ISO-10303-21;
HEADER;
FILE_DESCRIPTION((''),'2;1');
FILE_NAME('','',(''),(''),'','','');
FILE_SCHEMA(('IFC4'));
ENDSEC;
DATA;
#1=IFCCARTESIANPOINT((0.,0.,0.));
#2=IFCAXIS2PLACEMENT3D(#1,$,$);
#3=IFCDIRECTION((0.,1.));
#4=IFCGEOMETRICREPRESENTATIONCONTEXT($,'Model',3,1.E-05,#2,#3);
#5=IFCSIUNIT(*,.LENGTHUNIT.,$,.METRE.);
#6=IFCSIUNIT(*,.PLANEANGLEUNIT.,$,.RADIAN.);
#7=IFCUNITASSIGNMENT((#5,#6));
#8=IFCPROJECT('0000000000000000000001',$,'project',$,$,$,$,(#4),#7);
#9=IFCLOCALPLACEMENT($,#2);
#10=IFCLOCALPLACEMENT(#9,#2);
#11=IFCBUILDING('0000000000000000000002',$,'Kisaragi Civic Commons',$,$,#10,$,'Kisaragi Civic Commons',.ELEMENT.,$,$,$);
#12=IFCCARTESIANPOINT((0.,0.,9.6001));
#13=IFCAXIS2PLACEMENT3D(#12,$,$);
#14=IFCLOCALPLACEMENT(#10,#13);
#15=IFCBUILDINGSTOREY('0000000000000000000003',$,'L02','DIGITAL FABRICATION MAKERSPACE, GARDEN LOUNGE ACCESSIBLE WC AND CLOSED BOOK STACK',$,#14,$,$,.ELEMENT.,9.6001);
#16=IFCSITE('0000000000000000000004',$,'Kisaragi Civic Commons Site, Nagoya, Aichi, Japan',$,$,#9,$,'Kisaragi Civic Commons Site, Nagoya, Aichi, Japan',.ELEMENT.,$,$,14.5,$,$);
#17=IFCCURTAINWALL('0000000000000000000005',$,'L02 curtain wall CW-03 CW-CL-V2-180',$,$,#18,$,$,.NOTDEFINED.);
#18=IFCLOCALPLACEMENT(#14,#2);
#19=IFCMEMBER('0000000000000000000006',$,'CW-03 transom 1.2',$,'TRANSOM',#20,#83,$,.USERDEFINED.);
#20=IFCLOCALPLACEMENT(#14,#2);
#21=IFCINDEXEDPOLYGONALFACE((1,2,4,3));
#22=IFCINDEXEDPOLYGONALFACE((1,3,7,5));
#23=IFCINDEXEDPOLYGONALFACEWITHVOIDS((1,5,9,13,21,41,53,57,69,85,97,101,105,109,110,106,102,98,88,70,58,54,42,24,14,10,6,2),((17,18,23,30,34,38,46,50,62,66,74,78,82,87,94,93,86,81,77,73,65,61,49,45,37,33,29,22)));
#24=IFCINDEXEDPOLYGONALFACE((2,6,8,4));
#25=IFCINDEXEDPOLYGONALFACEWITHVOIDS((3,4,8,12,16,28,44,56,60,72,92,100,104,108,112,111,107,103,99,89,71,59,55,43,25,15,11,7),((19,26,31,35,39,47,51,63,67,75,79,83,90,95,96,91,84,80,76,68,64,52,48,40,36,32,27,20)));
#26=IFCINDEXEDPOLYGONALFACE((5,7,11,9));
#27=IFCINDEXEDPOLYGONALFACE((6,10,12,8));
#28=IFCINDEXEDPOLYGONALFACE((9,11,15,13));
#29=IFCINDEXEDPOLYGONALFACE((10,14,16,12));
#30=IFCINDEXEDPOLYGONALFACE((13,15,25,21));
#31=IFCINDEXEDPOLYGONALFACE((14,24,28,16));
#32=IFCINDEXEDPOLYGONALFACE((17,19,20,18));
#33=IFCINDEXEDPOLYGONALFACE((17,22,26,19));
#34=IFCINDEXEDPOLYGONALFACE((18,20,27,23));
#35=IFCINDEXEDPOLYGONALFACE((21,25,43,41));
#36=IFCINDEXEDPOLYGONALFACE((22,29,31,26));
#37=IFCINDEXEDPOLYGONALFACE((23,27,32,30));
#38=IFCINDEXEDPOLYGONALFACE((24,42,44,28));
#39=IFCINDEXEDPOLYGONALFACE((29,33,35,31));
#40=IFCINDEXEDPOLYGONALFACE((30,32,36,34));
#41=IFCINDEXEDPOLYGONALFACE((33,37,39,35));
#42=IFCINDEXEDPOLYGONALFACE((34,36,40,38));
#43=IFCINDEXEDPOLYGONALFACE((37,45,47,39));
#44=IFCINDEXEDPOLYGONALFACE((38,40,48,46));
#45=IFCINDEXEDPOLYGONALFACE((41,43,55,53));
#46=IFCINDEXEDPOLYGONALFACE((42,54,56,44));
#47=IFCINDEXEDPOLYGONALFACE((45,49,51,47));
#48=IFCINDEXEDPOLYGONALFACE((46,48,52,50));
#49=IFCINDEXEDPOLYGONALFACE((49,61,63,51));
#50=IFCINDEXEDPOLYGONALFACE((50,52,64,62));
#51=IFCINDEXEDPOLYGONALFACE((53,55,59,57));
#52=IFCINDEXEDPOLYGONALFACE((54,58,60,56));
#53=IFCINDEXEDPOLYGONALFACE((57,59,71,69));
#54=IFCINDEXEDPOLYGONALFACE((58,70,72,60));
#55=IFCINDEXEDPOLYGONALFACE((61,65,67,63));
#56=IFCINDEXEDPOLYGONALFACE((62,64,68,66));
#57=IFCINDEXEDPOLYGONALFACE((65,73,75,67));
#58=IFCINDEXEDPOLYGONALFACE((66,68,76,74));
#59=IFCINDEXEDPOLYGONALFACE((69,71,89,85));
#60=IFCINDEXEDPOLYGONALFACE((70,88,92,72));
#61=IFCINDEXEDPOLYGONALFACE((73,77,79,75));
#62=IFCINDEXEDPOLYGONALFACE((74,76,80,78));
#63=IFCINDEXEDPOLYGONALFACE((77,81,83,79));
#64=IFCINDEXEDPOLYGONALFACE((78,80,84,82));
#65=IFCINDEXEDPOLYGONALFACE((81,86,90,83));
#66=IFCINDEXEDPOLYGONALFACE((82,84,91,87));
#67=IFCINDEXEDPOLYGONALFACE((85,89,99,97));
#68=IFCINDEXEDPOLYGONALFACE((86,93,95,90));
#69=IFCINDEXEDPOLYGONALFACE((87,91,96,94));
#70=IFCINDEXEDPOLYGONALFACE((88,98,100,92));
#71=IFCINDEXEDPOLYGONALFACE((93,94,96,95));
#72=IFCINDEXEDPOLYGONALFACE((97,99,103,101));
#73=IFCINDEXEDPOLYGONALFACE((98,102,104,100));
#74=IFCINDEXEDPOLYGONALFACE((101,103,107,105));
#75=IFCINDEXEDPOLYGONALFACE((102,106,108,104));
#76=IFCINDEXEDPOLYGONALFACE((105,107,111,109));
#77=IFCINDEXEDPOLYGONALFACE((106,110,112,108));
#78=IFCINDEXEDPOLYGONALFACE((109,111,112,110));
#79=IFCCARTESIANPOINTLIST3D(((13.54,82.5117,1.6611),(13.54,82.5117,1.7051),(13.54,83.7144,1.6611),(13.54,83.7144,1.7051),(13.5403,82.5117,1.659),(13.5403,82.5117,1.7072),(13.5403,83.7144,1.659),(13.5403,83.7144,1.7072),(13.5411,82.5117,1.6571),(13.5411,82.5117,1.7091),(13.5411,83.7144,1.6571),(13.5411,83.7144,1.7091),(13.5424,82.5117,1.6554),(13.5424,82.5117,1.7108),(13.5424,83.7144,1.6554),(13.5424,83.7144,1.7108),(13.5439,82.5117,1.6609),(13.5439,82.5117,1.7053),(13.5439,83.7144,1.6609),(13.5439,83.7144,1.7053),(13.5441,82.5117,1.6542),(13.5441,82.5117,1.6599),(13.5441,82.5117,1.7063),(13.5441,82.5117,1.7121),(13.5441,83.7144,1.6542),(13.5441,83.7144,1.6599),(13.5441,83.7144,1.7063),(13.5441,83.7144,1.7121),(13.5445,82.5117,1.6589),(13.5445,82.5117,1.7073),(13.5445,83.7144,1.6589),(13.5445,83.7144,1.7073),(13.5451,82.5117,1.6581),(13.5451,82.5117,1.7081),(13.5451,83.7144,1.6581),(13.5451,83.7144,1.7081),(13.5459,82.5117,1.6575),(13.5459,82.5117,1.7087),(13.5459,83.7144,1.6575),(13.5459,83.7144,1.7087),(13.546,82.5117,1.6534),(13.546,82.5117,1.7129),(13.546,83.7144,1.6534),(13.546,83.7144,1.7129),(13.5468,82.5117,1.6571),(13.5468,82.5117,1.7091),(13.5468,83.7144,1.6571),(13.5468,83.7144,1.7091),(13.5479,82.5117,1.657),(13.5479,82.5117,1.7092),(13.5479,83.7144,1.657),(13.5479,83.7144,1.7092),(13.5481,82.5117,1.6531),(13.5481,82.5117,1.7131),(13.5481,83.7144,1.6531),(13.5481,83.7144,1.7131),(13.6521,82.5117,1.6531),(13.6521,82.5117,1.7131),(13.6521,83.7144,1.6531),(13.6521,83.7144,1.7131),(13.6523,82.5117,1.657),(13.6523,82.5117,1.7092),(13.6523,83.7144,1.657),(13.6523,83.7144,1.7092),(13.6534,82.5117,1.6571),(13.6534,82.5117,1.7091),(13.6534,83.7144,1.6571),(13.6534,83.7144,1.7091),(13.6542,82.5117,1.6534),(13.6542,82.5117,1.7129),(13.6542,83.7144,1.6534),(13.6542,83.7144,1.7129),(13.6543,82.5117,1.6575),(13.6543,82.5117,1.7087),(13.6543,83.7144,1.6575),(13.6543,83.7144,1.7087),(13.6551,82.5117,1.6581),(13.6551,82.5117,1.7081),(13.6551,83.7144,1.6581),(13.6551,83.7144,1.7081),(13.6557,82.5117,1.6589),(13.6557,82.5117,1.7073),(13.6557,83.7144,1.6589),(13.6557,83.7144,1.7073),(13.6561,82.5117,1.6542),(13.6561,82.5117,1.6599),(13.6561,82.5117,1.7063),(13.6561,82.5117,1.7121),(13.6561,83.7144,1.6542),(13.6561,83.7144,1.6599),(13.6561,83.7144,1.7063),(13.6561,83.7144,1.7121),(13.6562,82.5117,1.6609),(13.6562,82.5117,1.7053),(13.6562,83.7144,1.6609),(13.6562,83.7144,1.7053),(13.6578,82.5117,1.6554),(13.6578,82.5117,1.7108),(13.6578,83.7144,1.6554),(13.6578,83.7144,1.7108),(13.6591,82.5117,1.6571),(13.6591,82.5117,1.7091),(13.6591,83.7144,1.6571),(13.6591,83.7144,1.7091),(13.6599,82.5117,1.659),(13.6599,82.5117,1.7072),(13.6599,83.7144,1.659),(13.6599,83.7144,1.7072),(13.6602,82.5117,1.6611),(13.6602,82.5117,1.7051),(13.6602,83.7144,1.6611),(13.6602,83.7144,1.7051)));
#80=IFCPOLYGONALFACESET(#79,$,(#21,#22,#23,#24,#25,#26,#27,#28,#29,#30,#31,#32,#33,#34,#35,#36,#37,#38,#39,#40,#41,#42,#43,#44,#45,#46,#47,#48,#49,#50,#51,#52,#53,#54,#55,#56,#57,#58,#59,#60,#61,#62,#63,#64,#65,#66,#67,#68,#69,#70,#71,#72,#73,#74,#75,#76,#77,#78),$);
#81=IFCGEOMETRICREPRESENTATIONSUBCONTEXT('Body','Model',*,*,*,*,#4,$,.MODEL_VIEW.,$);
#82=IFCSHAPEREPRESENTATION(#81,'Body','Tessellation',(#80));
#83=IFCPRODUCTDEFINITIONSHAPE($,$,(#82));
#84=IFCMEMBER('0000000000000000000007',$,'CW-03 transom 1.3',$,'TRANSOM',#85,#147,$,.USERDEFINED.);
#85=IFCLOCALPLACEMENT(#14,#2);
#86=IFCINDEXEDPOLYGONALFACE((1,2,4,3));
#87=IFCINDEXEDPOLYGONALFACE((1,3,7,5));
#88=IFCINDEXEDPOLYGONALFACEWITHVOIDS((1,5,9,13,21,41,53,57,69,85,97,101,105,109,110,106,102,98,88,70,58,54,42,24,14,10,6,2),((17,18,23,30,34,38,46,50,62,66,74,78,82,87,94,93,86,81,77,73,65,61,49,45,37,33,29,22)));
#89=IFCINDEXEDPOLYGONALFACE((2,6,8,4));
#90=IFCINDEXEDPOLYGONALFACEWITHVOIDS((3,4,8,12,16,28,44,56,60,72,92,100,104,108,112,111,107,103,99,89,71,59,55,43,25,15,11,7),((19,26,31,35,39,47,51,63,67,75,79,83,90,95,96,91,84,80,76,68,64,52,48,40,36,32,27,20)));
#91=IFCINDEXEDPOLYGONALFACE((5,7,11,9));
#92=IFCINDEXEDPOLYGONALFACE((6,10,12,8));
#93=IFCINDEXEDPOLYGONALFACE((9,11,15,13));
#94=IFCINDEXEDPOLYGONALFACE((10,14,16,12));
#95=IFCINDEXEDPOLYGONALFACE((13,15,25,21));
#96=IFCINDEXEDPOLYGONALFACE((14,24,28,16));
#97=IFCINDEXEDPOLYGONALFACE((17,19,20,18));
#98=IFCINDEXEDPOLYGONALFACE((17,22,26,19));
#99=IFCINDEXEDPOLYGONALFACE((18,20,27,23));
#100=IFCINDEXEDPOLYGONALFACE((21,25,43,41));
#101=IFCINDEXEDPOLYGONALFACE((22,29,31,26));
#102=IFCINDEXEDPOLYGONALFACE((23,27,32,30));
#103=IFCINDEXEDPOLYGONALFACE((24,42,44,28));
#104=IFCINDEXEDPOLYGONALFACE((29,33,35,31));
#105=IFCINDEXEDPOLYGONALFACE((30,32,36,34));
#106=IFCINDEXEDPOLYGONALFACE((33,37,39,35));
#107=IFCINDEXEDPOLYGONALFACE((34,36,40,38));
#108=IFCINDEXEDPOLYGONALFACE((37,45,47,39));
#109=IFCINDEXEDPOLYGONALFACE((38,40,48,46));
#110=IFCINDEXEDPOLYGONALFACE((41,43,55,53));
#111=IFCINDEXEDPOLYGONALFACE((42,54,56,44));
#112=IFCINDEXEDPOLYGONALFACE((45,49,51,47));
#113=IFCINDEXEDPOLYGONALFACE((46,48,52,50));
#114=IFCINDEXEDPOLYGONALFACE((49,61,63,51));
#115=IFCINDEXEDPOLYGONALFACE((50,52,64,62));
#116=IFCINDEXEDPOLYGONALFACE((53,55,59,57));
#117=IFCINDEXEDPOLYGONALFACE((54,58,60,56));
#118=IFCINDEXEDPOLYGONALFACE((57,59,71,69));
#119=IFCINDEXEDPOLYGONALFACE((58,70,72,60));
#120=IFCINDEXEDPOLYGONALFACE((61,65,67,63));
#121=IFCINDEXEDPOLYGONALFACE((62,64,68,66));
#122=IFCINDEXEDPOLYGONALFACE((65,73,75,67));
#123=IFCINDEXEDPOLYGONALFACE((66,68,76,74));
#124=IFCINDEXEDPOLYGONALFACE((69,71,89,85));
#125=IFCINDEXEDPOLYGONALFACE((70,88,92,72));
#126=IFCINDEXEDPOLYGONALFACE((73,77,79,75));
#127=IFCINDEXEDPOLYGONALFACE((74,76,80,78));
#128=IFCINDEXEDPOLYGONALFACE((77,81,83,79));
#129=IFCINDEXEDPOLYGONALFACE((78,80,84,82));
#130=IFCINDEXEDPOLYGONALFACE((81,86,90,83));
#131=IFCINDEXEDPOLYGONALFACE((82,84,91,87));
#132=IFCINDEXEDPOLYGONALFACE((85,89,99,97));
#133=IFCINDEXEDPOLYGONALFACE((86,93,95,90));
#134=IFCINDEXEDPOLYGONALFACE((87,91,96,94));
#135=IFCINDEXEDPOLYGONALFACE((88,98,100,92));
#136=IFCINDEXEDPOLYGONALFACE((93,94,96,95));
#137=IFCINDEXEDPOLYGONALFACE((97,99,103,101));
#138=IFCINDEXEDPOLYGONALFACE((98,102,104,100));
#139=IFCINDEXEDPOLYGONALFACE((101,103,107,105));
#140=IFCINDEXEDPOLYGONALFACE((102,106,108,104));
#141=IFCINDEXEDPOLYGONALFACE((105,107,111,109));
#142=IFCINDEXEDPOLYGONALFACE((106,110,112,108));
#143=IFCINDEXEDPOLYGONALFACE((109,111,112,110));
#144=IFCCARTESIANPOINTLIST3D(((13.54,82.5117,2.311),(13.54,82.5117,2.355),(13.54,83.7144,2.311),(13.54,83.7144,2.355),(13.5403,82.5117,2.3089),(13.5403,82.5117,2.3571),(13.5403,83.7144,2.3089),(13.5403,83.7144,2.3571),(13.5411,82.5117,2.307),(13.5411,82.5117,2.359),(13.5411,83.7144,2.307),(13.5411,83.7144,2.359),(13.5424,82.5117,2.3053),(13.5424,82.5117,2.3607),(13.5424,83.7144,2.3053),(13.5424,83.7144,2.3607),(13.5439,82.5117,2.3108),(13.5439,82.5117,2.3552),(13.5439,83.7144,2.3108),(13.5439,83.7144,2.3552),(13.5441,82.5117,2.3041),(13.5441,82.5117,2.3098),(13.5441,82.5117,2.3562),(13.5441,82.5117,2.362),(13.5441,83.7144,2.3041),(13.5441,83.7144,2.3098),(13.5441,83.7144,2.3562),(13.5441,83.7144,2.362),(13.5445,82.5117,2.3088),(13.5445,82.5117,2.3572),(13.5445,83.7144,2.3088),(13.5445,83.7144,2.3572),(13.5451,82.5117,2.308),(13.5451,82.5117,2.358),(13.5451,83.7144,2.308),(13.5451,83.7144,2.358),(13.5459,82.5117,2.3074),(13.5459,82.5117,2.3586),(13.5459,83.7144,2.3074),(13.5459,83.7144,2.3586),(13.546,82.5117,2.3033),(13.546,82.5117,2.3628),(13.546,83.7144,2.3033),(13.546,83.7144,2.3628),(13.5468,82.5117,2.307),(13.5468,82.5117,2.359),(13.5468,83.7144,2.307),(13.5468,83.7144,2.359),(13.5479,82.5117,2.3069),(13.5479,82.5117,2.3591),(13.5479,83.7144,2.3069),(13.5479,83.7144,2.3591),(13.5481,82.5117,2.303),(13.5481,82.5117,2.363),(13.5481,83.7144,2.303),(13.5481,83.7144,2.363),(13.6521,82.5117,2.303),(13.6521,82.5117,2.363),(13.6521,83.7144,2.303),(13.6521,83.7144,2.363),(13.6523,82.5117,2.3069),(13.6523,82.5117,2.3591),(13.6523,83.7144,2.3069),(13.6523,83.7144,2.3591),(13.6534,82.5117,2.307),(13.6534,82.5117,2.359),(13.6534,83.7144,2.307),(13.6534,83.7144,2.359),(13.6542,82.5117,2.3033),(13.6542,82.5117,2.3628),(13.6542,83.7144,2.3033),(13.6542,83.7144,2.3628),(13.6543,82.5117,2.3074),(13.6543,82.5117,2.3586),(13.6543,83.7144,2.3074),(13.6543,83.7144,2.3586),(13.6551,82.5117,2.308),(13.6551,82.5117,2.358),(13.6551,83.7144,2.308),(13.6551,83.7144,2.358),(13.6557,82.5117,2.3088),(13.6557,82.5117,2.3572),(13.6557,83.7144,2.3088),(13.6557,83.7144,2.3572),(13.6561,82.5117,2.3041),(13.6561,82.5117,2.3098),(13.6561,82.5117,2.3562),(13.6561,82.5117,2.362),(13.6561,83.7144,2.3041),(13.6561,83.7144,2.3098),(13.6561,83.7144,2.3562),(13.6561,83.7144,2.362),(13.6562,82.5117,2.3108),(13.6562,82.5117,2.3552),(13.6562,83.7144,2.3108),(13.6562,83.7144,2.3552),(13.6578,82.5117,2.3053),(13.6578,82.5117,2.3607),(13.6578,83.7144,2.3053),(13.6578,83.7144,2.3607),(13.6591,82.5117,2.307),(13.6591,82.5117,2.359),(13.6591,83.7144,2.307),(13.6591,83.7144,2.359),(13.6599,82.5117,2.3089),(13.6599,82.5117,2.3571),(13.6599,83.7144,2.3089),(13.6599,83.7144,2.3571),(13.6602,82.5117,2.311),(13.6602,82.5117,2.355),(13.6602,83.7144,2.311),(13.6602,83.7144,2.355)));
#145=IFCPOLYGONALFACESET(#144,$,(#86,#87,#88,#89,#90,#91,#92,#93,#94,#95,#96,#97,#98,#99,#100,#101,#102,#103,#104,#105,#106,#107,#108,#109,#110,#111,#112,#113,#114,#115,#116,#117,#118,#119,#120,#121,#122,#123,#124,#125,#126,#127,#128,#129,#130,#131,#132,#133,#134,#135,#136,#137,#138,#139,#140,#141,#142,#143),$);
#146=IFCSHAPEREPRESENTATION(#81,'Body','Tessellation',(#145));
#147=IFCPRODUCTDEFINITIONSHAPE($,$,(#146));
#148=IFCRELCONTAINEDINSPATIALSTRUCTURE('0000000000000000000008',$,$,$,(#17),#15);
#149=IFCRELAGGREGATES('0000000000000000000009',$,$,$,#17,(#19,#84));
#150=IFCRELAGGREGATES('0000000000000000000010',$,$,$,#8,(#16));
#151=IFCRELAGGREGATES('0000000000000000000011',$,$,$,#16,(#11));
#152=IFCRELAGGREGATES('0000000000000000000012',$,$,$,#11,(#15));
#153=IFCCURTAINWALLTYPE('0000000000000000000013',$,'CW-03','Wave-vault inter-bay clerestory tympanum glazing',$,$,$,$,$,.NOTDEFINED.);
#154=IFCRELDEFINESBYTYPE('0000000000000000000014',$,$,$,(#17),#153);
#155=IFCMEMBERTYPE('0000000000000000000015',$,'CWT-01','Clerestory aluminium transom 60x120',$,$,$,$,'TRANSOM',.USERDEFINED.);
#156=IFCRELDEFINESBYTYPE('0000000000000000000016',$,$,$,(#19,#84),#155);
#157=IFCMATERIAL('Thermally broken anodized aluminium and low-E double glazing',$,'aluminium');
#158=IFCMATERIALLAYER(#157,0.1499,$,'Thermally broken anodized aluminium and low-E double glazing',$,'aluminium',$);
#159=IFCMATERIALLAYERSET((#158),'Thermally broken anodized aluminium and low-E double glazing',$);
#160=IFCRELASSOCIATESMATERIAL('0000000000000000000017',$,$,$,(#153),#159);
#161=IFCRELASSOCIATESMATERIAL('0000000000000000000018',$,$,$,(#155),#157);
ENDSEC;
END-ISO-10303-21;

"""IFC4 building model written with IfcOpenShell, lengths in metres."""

from ifc_helpers import new_model, si_unit, direction, frame, origin, origin_2d, place, context, subcontext, project, spatial, hollow_rectangle, extrude, material, layer, layer_set, material_profile, profile_set, type_object, element, aggregate, save


model = new_model("IFC4")

# Units and contexts
model_context = context("Model", 3, precision=1e-05, world=origin(), true_north=direction((0.0, 1.0)))
body_context = subcontext(model_context, "Body", "Model", "MODEL_VIEW")
ifc_project = project(units=[si_unit("LENGTHUNIT", "METRE"), si_unit("PLANEANGLEUNIT", "RADIAN")], contexts=[model_context])

# Site, building, storey
site_placement = place(None, origin())
site = spatial("IfcSite", under=ifc_project, at=site_placement, Name="Kisaragi Civic Commons Site, Nagoya, Aichi, Japan", LongName="Kisaragi Civic Commons Site, Nagoya, Aichi, Japan", CompositionType="ELEMENT", RefElevation=14.5)
building_placement = place(site_placement, origin())
building = spatial("IfcBuilding", under=site, at=building_placement, Name="Kisaragi Civic Commons", LongName="Kisaragi Civic Commons", CompositionType="ELEMENT")
storey_placement = place(building_placement, frame((0.0, 0.0, 9.6001)))
storey = spatial("IfcBuildingStorey", under=building, at=storey_placement, Name="L02", Description="DIGITAL FABRICATION MAKERSPACE, GARDEN LOUNGE ACCESSIBLE WC AND CLOSED BOOK STACK", CompositionType="ELEMENT", Elevation=9.6001)

# Shared definitions
ifc_material_1 = material(Name="Thermally broken anodized aluminium and low-E double glazing", Category="aluminium")
ifc_layer_1 = layer(ifc_material_1, 0.1499, Name="Thermally broken anodized aluminium and low-E double glazing", Category="aluminium")
ifc_layer_set_1 = layer_set([ifc_layer_1], Name="Thermally broken anodized aluminium and low-E double glazing")
curtain_wall_type = type_object("IfcCurtainWallType", Name="CW-03", Description="Wave-vault inter-bay clerestory tympanum glazing", PredefinedType="NOTDEFINED", material=ifc_layer_set_1)

# Curtain wall
curtain_wall_1_placement = place(storey_placement, origin())
curtain_wall_1 = element("IfcCurtainWall", 1, at=curtain_wall_1_placement, inside=storey, type_object=curtain_wall_type, Name="L02 curtain wall CW-03 CW-CL-V2-180", PredefinedType="NOTDEFINED")

# Members
ifc_material_profile_1 = material_profile(ifc_material_1, hollow_rectangle(XDim=0.1201, YDim=0.0601, WallThickness=0.0039, InnerFilletRadius=0.0039, OuterFilletRadius=0.0081, at=origin_2d()), Name="CWT-60x120x4", Category="aluminium")
ifc_profile_set_1 = profile_set([ifc_material_profile_1], Name="Thermally broken anodized aluminium and low-E double glazing")
member_type_1 = type_object("IfcMemberType", Name="CWT-01", Description="Clerestory aluminium transom 60x120", ElementType="TRANSOM", PredefinedType="USERDEFINED", material=ifc_profile_set_1)
member_1_placement = place(storey_placement, frame((13.6001, 82.5117, 1.6831), z_axis=(0.0, 1.0, 0.0), x_axis=(-1.0, 0.0, 0.0)))
member_1 = element("IfcMember", 2, at=member_1_placement, type_object=member_type_1, Name="CW-03 transom 1.2", ObjectType="TRANSOM", PredefinedType="USERDEFINED", context=body_context, shape_type="SweptSolid", body=[
    extrude(hollow_rectangle(XDim=0.1201, YDim=0.0601, WallThickness=0.0039, InnerFilletRadius=0.0039, OuterFilletRadius=0.0081, at=origin_2d()), origin(), (0.0, 0.0, 1.0), 1.2026),
])
member_2_placement = place(storey_placement, frame((13.6001, 82.5117, 2.333), z_axis=(0.0, 1.0, 0.0), x_axis=(-1.0, 0.0, 0.0)))
member_2 = element("IfcMember", 3, at=member_2_placement, type_object=member_type_1, Name="CW-03 transom 1.3", ObjectType="TRANSOM", PredefinedType="USERDEFINED", context=body_context, shape_type="SweptSolid", body=[
    extrude(hollow_rectangle(XDim=0.1201, YDim=0.0601, WallThickness=0.0039, InnerFilletRadius=0.0039, OuterFilletRadius=0.0081, at=origin_2d()), origin(), (0.0, 0.0, 1.0), 1.2026),
])

aggregate(curtain_wall_1, [member_1, member_2])

save(model, "model.ifc")
